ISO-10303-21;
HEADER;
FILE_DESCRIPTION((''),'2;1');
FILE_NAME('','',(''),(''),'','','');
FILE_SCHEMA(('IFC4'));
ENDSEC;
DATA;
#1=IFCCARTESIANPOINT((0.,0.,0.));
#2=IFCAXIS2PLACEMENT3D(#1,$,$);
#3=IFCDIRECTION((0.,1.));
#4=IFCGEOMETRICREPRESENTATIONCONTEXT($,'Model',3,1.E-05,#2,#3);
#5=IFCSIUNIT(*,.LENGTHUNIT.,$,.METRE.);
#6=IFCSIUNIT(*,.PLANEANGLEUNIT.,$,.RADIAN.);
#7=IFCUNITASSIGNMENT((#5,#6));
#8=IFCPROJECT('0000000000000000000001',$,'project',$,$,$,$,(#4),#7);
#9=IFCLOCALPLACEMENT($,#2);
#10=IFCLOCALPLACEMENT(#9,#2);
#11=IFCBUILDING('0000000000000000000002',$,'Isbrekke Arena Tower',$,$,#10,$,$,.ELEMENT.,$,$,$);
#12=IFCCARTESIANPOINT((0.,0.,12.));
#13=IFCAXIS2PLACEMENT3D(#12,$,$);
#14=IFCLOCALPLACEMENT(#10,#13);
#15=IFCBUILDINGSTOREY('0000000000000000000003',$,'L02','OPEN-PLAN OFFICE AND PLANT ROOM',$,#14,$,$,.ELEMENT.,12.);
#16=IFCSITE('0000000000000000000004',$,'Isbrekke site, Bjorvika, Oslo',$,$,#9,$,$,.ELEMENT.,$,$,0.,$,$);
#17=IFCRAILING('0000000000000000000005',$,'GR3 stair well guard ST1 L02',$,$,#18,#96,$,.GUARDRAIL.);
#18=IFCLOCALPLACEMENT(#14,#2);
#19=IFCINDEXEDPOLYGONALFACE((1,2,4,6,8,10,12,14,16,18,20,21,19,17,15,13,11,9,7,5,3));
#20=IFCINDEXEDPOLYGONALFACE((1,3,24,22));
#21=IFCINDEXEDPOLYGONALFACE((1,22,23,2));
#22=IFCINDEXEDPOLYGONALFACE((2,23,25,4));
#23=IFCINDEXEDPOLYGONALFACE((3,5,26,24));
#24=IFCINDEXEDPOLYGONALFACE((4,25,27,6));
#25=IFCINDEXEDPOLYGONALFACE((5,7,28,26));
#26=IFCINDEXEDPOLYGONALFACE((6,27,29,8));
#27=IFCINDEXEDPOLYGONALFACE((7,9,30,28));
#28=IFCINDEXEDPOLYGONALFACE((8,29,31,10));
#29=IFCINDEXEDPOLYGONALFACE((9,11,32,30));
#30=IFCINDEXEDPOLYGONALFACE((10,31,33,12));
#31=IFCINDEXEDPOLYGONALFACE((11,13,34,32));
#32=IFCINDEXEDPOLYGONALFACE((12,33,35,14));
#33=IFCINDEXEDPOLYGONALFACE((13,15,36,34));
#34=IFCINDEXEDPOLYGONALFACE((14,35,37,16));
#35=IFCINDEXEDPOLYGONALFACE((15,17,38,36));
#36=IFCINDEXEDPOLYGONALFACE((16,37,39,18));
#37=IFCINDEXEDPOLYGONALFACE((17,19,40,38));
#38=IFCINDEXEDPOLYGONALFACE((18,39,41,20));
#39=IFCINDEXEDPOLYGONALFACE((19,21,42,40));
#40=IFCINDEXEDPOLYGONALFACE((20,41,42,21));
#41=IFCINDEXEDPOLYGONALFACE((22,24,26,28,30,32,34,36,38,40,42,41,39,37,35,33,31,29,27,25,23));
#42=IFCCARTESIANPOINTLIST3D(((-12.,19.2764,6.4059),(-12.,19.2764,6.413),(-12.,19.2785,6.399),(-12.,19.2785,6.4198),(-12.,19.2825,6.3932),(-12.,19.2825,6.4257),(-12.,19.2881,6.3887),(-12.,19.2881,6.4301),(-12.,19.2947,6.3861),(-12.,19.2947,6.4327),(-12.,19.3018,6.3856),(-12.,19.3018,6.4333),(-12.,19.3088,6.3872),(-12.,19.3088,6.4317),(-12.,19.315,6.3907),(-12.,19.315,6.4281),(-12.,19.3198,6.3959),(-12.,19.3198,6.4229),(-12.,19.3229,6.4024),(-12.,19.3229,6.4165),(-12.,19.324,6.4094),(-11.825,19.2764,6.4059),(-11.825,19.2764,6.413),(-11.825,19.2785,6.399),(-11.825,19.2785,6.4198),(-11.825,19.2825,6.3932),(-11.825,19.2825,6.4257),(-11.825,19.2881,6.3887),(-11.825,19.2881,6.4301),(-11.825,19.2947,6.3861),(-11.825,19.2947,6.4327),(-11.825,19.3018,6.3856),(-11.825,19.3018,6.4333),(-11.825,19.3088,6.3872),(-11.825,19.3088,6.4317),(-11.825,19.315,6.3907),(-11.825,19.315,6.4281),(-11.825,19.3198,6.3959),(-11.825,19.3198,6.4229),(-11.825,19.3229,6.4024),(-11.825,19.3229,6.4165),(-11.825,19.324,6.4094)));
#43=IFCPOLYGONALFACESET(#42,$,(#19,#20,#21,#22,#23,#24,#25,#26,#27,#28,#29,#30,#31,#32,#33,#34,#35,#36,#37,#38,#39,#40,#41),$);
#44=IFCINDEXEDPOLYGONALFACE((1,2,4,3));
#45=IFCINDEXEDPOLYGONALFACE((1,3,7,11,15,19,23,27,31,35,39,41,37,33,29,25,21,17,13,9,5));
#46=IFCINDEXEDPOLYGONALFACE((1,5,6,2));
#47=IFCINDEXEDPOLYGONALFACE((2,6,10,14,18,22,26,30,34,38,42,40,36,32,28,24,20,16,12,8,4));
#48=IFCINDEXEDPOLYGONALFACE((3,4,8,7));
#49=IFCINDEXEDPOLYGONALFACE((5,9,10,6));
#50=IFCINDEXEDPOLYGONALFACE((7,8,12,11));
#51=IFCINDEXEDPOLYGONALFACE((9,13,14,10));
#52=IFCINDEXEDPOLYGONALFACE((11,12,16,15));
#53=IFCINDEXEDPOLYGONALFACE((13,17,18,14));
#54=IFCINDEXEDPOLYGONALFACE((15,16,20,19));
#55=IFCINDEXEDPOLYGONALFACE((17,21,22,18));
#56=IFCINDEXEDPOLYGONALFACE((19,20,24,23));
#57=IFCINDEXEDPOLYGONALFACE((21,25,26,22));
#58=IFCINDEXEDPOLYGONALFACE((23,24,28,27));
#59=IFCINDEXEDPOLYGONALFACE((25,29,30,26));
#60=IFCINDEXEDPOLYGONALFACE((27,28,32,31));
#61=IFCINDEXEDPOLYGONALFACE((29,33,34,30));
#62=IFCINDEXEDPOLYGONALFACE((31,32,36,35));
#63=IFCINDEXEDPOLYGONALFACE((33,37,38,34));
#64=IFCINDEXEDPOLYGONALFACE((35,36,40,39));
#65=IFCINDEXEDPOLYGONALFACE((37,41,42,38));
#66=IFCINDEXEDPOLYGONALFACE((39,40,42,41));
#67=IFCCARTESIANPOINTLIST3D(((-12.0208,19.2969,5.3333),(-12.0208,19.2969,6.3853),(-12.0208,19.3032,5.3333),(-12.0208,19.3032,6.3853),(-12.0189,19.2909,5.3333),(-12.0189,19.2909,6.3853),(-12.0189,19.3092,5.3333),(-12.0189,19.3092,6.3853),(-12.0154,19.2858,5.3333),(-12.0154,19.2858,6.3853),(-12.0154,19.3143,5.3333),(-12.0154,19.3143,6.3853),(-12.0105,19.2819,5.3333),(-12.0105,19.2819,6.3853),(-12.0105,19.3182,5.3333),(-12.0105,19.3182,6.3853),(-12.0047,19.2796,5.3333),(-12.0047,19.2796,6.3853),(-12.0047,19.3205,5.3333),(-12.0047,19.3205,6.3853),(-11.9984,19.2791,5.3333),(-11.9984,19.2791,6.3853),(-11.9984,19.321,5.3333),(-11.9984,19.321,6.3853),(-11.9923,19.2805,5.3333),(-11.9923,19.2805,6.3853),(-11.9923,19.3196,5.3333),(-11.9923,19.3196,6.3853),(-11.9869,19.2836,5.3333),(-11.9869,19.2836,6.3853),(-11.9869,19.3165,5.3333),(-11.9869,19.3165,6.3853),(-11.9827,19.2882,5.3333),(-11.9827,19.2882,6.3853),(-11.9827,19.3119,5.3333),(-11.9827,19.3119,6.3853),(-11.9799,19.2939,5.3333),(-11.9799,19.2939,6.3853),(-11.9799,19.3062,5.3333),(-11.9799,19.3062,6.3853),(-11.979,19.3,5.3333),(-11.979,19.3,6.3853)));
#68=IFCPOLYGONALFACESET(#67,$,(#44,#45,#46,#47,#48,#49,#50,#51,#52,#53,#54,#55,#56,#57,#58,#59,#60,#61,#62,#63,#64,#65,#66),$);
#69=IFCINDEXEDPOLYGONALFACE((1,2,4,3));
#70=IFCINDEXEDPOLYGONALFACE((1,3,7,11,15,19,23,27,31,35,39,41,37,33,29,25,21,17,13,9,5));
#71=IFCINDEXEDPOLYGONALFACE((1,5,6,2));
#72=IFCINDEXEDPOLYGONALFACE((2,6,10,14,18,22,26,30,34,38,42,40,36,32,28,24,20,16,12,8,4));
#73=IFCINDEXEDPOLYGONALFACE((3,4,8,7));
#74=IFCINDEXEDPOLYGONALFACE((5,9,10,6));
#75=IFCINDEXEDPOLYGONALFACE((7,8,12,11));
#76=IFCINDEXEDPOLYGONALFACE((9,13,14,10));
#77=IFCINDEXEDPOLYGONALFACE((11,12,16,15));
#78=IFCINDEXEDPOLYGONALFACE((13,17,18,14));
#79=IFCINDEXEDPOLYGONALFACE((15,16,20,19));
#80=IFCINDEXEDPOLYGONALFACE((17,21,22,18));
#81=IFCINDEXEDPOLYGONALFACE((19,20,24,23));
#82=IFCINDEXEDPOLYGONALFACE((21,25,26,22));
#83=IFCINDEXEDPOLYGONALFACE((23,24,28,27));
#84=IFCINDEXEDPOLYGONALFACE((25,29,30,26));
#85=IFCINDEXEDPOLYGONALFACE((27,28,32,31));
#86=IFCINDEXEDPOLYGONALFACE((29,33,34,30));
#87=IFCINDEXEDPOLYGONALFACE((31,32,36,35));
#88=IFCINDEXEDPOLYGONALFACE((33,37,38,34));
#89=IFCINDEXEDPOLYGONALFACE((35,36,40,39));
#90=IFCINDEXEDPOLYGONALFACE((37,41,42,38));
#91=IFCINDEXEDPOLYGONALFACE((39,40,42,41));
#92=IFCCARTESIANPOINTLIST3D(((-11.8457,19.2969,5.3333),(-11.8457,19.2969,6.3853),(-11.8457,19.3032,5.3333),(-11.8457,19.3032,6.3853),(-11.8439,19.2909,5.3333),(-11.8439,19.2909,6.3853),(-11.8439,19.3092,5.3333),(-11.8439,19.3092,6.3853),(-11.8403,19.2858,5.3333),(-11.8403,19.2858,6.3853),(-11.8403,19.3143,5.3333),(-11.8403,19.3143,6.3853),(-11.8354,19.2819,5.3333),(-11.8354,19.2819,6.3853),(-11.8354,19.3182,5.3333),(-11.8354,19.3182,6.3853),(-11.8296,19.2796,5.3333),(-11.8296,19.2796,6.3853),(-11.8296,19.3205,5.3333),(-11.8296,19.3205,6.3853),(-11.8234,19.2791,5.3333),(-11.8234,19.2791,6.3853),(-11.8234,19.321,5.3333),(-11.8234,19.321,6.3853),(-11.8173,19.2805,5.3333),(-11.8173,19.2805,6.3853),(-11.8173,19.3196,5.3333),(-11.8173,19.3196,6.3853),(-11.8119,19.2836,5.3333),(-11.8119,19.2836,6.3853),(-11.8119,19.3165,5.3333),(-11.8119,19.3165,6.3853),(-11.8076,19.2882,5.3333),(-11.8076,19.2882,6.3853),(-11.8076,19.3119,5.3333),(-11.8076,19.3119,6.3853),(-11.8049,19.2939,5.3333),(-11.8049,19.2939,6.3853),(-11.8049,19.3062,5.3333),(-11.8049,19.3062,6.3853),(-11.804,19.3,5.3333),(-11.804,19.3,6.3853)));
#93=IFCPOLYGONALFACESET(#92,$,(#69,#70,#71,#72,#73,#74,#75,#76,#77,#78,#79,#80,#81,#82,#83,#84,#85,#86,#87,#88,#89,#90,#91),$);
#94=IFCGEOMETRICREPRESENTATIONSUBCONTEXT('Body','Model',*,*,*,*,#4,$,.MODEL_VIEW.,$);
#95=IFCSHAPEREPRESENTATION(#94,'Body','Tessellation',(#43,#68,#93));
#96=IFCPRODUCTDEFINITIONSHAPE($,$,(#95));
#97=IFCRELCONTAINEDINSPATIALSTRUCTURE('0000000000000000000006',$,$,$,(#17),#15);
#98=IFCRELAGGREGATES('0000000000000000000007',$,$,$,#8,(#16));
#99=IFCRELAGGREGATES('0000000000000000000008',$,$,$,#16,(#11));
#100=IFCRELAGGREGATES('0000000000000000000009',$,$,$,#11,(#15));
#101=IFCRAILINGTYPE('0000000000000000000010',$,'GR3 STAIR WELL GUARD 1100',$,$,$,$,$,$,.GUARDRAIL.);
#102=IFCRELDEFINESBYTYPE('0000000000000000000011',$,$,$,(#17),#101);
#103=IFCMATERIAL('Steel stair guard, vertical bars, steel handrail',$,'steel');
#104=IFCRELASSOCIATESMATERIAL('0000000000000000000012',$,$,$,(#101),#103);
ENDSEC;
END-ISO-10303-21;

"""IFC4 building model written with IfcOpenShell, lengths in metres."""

from ifc_helpers import new_model, si_unit, direction, frame, origin, origin_2d, place, context, subcontext, project, spatial, circle, extrude, material, type_object, element, save


model = new_model("IFC4")

# Units and contexts
model_context = context("Model", 3, precision=1e-05, world=origin(), true_north=direction((0.0, 1.0)))
body_context = subcontext(model_context, "Body", "Model", "MODEL_VIEW")
ifc_project = project(units=[si_unit("LENGTHUNIT", "METRE"), si_unit("PLANEANGLEUNIT", "RADIAN")], contexts=[model_context])

# Site, building, storey
site_placement = place(None, origin())
site = spatial("IfcSite", under=ifc_project, at=site_placement, Name="Isbrekke site, Bjorvika, Oslo", CompositionType="ELEMENT", RefElevation=0.0)
building_placement = place(site_placement, origin())
building = spatial("IfcBuilding", under=site, at=building_placement, Name="Isbrekke Arena Tower", CompositionType="ELEMENT")
storey_placement = place(building_placement, frame((0.0, 0.0, 12.0)))
storey = spatial("IfcBuildingStorey", under=building, at=storey_placement, Name="L02", Description="OPEN-PLAN OFFICE AND PLANT ROOM", CompositionType="ELEMENT", Elevation=12.0)

# Railing
ifc_material_1 = material(Name="Steel stair guard, vertical bars, steel handrail", Category="steel")
railing_type = type_object("IfcRailingType", Name="GR3 STAIR WELL GUARD 1100", PredefinedType="GUARDRAIL", material=ifc_material_1)
for number, where, name in (
    (1, (-12.0, 19.3, 5.3333), "GR3 stair well guard ST1 L02"),
):
    element("IfcRailing", number, at=place(storey_placement, frame(where)), inside=storey, type_object=railing_type, Name=name, PredefinedType="GUARDRAIL", context=body_context, shape_type="SweptSolid", body=[
        extrude(circle(Radius=0.0239, at=origin_2d()), frame((0.0, 0.0, 1.0762), z_axis=(1.0, 0.0, 0.0), x_axis=(0.0, 1.0, 0.0)), (0.0, 0.0, 1.0), 0.175),
        extrude(circle(Radius=0.021, at=origin_2d()), origin(), (0.0, 0.0, 1.0), 1.052),
        extrude(circle(Radius=0.021, at=origin_2d()), frame((0.175, 0.0, 0.0)), (0.0, 0.0, 1.0), 1.052),
    ])

save(model, "model.ifc")
